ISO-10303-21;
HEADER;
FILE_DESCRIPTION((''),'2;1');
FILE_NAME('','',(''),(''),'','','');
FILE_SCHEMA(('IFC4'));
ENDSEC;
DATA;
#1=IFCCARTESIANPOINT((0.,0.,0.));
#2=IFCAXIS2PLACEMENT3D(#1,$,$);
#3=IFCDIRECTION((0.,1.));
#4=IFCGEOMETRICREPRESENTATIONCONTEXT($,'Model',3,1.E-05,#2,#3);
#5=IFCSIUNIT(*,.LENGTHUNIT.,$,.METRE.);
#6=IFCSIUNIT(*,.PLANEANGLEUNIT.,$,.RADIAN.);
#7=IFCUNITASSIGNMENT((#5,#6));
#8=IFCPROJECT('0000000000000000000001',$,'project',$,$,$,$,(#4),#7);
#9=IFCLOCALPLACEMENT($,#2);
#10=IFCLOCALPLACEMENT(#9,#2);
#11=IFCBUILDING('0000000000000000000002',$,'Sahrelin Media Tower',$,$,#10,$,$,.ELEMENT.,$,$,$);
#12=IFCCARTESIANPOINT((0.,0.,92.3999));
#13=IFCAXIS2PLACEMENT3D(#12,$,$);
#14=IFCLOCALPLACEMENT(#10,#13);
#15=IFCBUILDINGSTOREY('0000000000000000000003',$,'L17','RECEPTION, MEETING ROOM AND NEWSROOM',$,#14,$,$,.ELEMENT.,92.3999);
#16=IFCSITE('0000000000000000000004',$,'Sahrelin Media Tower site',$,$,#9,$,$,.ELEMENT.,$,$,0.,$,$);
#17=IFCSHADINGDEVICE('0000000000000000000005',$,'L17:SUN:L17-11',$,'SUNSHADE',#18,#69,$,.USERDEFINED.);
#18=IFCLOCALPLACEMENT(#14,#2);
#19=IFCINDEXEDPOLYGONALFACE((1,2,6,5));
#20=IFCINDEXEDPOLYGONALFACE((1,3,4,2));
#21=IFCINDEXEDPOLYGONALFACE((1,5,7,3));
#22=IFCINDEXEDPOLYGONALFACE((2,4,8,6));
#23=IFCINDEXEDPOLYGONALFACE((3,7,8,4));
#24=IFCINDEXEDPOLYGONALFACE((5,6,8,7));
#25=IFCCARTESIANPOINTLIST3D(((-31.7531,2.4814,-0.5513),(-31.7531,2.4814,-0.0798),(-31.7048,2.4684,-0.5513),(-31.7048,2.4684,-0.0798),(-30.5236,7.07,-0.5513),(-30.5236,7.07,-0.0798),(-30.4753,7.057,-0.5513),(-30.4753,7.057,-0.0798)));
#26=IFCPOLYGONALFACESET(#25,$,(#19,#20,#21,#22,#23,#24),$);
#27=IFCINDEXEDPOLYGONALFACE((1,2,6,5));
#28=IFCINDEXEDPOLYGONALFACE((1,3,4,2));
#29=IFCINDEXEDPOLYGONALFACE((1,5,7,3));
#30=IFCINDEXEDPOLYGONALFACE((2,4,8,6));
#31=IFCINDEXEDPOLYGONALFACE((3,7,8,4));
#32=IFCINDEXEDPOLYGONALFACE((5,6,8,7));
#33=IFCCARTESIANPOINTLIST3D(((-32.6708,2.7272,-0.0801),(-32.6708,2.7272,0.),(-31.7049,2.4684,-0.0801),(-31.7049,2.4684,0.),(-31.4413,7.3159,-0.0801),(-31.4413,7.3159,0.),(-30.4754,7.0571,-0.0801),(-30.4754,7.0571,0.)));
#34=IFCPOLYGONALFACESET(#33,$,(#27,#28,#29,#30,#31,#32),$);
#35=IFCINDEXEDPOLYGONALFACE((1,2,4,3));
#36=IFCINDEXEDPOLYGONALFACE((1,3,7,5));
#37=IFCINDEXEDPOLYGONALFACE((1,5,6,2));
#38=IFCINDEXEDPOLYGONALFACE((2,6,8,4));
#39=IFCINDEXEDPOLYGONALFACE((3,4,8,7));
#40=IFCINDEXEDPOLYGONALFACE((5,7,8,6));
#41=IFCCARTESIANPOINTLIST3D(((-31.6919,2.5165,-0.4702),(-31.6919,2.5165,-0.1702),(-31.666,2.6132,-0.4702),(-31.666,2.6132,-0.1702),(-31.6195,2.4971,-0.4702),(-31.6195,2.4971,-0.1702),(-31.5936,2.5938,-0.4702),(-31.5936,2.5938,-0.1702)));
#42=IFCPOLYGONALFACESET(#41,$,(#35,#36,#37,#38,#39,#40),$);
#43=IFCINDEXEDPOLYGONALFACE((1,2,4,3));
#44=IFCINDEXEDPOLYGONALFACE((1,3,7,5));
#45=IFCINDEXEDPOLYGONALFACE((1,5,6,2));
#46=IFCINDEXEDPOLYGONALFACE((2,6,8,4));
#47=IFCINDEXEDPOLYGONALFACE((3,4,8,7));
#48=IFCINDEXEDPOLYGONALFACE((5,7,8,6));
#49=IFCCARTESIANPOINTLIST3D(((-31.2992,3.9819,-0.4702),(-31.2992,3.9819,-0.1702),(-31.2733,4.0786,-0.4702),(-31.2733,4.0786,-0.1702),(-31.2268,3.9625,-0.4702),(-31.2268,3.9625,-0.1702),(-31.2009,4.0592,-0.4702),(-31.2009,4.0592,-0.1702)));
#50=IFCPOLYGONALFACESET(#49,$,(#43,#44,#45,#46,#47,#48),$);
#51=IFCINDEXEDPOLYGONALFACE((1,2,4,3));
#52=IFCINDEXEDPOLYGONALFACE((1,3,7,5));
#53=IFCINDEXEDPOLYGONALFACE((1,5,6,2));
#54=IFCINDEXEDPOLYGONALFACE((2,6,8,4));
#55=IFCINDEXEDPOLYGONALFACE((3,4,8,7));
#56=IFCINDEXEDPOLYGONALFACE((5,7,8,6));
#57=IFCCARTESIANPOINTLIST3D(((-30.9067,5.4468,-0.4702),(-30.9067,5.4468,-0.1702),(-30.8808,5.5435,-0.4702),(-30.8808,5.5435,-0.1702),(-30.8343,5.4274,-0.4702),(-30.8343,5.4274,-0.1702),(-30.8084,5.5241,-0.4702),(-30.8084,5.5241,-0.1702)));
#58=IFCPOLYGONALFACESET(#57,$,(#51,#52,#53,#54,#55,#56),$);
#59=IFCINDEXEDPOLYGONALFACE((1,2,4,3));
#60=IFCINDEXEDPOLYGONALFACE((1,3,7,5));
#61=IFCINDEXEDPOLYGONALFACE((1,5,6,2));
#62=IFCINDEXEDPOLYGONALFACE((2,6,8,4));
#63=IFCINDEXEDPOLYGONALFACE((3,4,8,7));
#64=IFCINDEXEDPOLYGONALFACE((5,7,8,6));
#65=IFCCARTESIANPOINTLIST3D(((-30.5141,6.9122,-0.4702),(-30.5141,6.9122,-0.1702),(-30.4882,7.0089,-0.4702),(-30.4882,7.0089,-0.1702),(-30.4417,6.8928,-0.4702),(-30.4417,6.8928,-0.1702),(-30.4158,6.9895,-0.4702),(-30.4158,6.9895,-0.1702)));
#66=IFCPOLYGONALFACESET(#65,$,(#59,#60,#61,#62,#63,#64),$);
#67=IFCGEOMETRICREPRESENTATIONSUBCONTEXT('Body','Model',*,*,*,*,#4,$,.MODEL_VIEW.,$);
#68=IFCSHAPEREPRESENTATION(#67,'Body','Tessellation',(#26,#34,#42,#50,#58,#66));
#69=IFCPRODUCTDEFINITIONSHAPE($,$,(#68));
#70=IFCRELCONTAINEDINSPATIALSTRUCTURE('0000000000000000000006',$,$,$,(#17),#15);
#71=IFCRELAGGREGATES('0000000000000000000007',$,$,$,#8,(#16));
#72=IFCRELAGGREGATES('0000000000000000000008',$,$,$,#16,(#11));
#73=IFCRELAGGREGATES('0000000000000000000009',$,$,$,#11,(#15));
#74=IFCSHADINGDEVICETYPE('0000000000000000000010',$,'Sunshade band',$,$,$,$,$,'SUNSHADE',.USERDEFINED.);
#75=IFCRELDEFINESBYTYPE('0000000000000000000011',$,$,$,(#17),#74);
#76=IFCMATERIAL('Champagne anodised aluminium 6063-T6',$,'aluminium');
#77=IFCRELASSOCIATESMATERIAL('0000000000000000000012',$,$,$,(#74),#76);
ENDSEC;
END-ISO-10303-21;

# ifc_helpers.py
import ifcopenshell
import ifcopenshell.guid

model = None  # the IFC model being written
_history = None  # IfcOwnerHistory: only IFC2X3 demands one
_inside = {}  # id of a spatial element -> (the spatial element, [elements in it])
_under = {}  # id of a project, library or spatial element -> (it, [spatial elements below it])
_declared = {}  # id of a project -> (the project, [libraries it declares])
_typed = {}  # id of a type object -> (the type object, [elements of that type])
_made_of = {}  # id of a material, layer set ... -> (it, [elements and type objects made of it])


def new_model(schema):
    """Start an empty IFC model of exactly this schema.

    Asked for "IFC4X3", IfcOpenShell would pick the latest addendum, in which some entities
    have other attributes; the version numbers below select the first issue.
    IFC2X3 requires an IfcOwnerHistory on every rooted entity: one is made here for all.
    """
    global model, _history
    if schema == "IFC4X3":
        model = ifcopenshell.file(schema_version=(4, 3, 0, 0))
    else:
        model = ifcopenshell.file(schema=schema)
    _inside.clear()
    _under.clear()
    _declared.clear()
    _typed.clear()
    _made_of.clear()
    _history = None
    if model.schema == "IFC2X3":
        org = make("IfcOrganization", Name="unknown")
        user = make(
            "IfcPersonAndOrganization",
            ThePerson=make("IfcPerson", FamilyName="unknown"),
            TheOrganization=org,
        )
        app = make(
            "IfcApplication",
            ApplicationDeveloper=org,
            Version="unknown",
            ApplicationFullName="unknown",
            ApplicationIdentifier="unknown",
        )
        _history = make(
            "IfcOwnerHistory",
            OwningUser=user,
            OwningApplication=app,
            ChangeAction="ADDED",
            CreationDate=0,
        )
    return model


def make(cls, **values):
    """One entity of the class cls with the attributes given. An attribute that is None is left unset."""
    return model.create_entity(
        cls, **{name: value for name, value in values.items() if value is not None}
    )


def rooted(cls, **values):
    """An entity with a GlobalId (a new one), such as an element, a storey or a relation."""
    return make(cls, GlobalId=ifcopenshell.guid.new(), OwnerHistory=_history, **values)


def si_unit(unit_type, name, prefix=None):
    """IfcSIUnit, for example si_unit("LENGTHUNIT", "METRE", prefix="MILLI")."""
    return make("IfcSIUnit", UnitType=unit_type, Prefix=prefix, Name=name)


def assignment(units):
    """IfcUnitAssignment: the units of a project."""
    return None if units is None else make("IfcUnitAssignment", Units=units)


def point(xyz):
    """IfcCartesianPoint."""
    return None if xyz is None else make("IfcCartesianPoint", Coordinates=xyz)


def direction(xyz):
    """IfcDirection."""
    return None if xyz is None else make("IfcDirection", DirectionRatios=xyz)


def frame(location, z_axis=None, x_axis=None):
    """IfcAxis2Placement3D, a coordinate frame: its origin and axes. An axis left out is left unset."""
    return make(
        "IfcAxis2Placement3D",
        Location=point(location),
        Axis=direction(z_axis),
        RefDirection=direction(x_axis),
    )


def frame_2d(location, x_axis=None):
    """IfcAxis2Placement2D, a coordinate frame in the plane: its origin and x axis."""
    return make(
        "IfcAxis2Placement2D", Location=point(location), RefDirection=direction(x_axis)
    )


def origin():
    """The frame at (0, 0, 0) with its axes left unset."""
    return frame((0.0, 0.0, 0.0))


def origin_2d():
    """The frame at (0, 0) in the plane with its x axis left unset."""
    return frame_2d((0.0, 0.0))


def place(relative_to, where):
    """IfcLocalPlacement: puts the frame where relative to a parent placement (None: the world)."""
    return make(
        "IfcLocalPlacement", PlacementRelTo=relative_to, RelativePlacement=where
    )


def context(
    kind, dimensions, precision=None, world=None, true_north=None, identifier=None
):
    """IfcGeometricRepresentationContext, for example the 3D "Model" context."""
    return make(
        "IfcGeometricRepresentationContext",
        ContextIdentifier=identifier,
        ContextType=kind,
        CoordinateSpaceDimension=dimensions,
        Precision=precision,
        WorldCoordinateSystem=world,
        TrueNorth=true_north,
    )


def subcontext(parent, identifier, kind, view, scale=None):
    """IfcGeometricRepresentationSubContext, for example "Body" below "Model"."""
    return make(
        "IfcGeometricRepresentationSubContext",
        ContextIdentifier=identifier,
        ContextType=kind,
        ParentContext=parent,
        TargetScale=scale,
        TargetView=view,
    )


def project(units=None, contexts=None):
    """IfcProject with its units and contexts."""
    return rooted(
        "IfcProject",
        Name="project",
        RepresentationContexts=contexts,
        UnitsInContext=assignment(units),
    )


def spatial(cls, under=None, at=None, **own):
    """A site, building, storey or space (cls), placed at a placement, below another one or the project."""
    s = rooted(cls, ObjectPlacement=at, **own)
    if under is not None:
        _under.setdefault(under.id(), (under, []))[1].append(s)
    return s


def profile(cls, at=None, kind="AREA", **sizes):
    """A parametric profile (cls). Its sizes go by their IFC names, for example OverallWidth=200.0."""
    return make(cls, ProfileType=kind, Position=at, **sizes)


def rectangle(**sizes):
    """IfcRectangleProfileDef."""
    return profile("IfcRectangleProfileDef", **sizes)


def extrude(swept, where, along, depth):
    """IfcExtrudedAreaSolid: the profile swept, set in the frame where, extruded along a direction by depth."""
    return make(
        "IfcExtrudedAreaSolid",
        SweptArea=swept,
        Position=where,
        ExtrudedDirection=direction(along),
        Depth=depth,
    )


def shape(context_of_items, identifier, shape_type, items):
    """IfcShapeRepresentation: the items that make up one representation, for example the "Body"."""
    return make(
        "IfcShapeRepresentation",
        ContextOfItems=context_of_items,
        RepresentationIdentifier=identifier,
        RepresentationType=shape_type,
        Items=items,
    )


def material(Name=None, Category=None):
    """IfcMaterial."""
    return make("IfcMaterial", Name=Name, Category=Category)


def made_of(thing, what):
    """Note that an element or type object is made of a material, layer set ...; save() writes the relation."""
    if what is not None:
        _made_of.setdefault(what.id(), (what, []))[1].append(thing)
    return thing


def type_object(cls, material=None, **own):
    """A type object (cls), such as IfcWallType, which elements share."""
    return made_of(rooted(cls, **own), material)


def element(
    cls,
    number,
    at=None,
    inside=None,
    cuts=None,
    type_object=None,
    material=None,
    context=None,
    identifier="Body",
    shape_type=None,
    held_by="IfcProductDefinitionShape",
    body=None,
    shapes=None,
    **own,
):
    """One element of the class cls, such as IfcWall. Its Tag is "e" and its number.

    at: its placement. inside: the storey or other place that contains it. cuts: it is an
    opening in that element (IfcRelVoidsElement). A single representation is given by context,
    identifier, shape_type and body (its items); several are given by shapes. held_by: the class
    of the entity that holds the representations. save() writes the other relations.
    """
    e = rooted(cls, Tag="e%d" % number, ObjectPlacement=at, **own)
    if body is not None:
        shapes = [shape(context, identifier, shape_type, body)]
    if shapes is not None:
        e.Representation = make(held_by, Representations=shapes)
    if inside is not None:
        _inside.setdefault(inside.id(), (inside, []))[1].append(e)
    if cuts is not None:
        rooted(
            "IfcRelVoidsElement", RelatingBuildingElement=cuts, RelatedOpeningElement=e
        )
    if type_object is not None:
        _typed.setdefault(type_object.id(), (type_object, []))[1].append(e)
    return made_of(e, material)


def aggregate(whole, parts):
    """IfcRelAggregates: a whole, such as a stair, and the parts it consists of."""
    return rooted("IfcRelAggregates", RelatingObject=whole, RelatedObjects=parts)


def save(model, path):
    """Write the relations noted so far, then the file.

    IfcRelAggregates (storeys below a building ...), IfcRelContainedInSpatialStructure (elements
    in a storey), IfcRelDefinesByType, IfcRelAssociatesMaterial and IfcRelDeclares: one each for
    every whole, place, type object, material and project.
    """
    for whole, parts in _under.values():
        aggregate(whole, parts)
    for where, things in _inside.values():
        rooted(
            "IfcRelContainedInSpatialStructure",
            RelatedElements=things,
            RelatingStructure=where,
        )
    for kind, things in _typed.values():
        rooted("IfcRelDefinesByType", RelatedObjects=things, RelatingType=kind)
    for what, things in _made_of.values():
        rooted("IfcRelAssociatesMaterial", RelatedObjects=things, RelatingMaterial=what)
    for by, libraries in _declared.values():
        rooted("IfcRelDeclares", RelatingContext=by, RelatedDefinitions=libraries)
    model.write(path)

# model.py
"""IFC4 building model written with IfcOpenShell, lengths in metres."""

from ifc_helpers import new_model, si_unit, direction, frame, origin, origin_2d, place, context, subcontext, project, spatial, rectangle, extrude, material, type_object, element, save


model = new_model("IFC4")

# Units and contexts
model_context = context("Model", 3, precision=1e-05, world=origin(), true_north=direction((0.0, 1.0)))
body_context = subcontext(model_context, "Body", "Model", "MODEL_VIEW")
ifc_project = project(units=[si_unit("LENGTHUNIT", "METRE"), si_unit("PLANEANGLEUNIT", "RADIAN")], contexts=[model_context])

# Site, building, storey
site_placement = place(None, origin())
site = spatial("IfcSite", under=ifc_project, at=site_placement, Name="Sahrelin Media Tower site", CompositionType="ELEMENT", RefElevation=0.0)
building_placement = place(site_placement, origin())
building = spatial("IfcBuilding", under=site, at=building_placement, Name="Sahrelin Media Tower", CompositionType="ELEMENT")
storey_placement = place(building_placement, frame((0.0, 0.0, 92.3999)))
storey = spatial("IfcBuildingStorey", under=building, at=storey_placement, Name="L17", Description="RECEPTION, MEETING ROOM AND NEWSROOM", CompositionType="ELEMENT", Elevation=92.3999)

# Shared definitions
ifc_material_1 = material(Name="Champagne anodised aluminium 6063-T6", Category="aluminium")

# Shading device
placement_1 = place(storey_placement, frame((-31.0708, 4.7576, 0.0), z_axis=(0.0, 0.0, 1.0), x_axis=(0.258808, 0.965929, 0.0)))
shading_device_type_1 = type_object("IfcShadingDeviceType", Name="Sunshade band", ElementType="SUNSHADE", PredefinedType="USERDEFINED", material=ifc_material_1)
element("IfcShadingDevice", 1, at=placement_1, inside=storey, type_object=shading_device_type_1, Name="L17:SUN:L17-11", ObjectType="SUNSHADE", PredefinedType="USERDEFINED", context=body_context, shape_type="SweptSolid", body=[
    extrude(rectangle(XDim=4.7505, YDim=0.05, at=origin_2d()), frame((0.0, 0.0449, -0.5513)), (0.0, 0.0, 1.0), 0.4714),
    extrude(rectangle(XDim=4.7505, YDim=1.0, at=origin_2d()), frame((0.0, 0.52, -0.0801)), (0.0, 0.0, 1.0), 0.0801),
    extrude(rectangle(XDim=0.1001, YDim=0.075, at=origin_2d()), frame((-2.2754, -0.0176, -0.4702)), (0.0, 0.0, 1.0), 0.3),
    extrude(rectangle(XDim=0.1001, YDim=0.075, at=origin_2d()), frame((-0.7583, -0.0176, -0.4702)), (0.0, 0.0, 1.0), 0.3),
    extrude(rectangle(XDim=0.1001, YDim=0.075, at=origin_2d()), frame((0.7583, -0.0176, -0.4702)), (0.0, 0.0, 1.0), 0.3),
    extrude(rectangle(XDim=0.1001, YDim=0.075, at=origin_2d()), frame((2.2754, -0.0176, -0.4702)), (0.0, 0.0, 1.0), 0.3),
])

save(model, "model.ifc")
